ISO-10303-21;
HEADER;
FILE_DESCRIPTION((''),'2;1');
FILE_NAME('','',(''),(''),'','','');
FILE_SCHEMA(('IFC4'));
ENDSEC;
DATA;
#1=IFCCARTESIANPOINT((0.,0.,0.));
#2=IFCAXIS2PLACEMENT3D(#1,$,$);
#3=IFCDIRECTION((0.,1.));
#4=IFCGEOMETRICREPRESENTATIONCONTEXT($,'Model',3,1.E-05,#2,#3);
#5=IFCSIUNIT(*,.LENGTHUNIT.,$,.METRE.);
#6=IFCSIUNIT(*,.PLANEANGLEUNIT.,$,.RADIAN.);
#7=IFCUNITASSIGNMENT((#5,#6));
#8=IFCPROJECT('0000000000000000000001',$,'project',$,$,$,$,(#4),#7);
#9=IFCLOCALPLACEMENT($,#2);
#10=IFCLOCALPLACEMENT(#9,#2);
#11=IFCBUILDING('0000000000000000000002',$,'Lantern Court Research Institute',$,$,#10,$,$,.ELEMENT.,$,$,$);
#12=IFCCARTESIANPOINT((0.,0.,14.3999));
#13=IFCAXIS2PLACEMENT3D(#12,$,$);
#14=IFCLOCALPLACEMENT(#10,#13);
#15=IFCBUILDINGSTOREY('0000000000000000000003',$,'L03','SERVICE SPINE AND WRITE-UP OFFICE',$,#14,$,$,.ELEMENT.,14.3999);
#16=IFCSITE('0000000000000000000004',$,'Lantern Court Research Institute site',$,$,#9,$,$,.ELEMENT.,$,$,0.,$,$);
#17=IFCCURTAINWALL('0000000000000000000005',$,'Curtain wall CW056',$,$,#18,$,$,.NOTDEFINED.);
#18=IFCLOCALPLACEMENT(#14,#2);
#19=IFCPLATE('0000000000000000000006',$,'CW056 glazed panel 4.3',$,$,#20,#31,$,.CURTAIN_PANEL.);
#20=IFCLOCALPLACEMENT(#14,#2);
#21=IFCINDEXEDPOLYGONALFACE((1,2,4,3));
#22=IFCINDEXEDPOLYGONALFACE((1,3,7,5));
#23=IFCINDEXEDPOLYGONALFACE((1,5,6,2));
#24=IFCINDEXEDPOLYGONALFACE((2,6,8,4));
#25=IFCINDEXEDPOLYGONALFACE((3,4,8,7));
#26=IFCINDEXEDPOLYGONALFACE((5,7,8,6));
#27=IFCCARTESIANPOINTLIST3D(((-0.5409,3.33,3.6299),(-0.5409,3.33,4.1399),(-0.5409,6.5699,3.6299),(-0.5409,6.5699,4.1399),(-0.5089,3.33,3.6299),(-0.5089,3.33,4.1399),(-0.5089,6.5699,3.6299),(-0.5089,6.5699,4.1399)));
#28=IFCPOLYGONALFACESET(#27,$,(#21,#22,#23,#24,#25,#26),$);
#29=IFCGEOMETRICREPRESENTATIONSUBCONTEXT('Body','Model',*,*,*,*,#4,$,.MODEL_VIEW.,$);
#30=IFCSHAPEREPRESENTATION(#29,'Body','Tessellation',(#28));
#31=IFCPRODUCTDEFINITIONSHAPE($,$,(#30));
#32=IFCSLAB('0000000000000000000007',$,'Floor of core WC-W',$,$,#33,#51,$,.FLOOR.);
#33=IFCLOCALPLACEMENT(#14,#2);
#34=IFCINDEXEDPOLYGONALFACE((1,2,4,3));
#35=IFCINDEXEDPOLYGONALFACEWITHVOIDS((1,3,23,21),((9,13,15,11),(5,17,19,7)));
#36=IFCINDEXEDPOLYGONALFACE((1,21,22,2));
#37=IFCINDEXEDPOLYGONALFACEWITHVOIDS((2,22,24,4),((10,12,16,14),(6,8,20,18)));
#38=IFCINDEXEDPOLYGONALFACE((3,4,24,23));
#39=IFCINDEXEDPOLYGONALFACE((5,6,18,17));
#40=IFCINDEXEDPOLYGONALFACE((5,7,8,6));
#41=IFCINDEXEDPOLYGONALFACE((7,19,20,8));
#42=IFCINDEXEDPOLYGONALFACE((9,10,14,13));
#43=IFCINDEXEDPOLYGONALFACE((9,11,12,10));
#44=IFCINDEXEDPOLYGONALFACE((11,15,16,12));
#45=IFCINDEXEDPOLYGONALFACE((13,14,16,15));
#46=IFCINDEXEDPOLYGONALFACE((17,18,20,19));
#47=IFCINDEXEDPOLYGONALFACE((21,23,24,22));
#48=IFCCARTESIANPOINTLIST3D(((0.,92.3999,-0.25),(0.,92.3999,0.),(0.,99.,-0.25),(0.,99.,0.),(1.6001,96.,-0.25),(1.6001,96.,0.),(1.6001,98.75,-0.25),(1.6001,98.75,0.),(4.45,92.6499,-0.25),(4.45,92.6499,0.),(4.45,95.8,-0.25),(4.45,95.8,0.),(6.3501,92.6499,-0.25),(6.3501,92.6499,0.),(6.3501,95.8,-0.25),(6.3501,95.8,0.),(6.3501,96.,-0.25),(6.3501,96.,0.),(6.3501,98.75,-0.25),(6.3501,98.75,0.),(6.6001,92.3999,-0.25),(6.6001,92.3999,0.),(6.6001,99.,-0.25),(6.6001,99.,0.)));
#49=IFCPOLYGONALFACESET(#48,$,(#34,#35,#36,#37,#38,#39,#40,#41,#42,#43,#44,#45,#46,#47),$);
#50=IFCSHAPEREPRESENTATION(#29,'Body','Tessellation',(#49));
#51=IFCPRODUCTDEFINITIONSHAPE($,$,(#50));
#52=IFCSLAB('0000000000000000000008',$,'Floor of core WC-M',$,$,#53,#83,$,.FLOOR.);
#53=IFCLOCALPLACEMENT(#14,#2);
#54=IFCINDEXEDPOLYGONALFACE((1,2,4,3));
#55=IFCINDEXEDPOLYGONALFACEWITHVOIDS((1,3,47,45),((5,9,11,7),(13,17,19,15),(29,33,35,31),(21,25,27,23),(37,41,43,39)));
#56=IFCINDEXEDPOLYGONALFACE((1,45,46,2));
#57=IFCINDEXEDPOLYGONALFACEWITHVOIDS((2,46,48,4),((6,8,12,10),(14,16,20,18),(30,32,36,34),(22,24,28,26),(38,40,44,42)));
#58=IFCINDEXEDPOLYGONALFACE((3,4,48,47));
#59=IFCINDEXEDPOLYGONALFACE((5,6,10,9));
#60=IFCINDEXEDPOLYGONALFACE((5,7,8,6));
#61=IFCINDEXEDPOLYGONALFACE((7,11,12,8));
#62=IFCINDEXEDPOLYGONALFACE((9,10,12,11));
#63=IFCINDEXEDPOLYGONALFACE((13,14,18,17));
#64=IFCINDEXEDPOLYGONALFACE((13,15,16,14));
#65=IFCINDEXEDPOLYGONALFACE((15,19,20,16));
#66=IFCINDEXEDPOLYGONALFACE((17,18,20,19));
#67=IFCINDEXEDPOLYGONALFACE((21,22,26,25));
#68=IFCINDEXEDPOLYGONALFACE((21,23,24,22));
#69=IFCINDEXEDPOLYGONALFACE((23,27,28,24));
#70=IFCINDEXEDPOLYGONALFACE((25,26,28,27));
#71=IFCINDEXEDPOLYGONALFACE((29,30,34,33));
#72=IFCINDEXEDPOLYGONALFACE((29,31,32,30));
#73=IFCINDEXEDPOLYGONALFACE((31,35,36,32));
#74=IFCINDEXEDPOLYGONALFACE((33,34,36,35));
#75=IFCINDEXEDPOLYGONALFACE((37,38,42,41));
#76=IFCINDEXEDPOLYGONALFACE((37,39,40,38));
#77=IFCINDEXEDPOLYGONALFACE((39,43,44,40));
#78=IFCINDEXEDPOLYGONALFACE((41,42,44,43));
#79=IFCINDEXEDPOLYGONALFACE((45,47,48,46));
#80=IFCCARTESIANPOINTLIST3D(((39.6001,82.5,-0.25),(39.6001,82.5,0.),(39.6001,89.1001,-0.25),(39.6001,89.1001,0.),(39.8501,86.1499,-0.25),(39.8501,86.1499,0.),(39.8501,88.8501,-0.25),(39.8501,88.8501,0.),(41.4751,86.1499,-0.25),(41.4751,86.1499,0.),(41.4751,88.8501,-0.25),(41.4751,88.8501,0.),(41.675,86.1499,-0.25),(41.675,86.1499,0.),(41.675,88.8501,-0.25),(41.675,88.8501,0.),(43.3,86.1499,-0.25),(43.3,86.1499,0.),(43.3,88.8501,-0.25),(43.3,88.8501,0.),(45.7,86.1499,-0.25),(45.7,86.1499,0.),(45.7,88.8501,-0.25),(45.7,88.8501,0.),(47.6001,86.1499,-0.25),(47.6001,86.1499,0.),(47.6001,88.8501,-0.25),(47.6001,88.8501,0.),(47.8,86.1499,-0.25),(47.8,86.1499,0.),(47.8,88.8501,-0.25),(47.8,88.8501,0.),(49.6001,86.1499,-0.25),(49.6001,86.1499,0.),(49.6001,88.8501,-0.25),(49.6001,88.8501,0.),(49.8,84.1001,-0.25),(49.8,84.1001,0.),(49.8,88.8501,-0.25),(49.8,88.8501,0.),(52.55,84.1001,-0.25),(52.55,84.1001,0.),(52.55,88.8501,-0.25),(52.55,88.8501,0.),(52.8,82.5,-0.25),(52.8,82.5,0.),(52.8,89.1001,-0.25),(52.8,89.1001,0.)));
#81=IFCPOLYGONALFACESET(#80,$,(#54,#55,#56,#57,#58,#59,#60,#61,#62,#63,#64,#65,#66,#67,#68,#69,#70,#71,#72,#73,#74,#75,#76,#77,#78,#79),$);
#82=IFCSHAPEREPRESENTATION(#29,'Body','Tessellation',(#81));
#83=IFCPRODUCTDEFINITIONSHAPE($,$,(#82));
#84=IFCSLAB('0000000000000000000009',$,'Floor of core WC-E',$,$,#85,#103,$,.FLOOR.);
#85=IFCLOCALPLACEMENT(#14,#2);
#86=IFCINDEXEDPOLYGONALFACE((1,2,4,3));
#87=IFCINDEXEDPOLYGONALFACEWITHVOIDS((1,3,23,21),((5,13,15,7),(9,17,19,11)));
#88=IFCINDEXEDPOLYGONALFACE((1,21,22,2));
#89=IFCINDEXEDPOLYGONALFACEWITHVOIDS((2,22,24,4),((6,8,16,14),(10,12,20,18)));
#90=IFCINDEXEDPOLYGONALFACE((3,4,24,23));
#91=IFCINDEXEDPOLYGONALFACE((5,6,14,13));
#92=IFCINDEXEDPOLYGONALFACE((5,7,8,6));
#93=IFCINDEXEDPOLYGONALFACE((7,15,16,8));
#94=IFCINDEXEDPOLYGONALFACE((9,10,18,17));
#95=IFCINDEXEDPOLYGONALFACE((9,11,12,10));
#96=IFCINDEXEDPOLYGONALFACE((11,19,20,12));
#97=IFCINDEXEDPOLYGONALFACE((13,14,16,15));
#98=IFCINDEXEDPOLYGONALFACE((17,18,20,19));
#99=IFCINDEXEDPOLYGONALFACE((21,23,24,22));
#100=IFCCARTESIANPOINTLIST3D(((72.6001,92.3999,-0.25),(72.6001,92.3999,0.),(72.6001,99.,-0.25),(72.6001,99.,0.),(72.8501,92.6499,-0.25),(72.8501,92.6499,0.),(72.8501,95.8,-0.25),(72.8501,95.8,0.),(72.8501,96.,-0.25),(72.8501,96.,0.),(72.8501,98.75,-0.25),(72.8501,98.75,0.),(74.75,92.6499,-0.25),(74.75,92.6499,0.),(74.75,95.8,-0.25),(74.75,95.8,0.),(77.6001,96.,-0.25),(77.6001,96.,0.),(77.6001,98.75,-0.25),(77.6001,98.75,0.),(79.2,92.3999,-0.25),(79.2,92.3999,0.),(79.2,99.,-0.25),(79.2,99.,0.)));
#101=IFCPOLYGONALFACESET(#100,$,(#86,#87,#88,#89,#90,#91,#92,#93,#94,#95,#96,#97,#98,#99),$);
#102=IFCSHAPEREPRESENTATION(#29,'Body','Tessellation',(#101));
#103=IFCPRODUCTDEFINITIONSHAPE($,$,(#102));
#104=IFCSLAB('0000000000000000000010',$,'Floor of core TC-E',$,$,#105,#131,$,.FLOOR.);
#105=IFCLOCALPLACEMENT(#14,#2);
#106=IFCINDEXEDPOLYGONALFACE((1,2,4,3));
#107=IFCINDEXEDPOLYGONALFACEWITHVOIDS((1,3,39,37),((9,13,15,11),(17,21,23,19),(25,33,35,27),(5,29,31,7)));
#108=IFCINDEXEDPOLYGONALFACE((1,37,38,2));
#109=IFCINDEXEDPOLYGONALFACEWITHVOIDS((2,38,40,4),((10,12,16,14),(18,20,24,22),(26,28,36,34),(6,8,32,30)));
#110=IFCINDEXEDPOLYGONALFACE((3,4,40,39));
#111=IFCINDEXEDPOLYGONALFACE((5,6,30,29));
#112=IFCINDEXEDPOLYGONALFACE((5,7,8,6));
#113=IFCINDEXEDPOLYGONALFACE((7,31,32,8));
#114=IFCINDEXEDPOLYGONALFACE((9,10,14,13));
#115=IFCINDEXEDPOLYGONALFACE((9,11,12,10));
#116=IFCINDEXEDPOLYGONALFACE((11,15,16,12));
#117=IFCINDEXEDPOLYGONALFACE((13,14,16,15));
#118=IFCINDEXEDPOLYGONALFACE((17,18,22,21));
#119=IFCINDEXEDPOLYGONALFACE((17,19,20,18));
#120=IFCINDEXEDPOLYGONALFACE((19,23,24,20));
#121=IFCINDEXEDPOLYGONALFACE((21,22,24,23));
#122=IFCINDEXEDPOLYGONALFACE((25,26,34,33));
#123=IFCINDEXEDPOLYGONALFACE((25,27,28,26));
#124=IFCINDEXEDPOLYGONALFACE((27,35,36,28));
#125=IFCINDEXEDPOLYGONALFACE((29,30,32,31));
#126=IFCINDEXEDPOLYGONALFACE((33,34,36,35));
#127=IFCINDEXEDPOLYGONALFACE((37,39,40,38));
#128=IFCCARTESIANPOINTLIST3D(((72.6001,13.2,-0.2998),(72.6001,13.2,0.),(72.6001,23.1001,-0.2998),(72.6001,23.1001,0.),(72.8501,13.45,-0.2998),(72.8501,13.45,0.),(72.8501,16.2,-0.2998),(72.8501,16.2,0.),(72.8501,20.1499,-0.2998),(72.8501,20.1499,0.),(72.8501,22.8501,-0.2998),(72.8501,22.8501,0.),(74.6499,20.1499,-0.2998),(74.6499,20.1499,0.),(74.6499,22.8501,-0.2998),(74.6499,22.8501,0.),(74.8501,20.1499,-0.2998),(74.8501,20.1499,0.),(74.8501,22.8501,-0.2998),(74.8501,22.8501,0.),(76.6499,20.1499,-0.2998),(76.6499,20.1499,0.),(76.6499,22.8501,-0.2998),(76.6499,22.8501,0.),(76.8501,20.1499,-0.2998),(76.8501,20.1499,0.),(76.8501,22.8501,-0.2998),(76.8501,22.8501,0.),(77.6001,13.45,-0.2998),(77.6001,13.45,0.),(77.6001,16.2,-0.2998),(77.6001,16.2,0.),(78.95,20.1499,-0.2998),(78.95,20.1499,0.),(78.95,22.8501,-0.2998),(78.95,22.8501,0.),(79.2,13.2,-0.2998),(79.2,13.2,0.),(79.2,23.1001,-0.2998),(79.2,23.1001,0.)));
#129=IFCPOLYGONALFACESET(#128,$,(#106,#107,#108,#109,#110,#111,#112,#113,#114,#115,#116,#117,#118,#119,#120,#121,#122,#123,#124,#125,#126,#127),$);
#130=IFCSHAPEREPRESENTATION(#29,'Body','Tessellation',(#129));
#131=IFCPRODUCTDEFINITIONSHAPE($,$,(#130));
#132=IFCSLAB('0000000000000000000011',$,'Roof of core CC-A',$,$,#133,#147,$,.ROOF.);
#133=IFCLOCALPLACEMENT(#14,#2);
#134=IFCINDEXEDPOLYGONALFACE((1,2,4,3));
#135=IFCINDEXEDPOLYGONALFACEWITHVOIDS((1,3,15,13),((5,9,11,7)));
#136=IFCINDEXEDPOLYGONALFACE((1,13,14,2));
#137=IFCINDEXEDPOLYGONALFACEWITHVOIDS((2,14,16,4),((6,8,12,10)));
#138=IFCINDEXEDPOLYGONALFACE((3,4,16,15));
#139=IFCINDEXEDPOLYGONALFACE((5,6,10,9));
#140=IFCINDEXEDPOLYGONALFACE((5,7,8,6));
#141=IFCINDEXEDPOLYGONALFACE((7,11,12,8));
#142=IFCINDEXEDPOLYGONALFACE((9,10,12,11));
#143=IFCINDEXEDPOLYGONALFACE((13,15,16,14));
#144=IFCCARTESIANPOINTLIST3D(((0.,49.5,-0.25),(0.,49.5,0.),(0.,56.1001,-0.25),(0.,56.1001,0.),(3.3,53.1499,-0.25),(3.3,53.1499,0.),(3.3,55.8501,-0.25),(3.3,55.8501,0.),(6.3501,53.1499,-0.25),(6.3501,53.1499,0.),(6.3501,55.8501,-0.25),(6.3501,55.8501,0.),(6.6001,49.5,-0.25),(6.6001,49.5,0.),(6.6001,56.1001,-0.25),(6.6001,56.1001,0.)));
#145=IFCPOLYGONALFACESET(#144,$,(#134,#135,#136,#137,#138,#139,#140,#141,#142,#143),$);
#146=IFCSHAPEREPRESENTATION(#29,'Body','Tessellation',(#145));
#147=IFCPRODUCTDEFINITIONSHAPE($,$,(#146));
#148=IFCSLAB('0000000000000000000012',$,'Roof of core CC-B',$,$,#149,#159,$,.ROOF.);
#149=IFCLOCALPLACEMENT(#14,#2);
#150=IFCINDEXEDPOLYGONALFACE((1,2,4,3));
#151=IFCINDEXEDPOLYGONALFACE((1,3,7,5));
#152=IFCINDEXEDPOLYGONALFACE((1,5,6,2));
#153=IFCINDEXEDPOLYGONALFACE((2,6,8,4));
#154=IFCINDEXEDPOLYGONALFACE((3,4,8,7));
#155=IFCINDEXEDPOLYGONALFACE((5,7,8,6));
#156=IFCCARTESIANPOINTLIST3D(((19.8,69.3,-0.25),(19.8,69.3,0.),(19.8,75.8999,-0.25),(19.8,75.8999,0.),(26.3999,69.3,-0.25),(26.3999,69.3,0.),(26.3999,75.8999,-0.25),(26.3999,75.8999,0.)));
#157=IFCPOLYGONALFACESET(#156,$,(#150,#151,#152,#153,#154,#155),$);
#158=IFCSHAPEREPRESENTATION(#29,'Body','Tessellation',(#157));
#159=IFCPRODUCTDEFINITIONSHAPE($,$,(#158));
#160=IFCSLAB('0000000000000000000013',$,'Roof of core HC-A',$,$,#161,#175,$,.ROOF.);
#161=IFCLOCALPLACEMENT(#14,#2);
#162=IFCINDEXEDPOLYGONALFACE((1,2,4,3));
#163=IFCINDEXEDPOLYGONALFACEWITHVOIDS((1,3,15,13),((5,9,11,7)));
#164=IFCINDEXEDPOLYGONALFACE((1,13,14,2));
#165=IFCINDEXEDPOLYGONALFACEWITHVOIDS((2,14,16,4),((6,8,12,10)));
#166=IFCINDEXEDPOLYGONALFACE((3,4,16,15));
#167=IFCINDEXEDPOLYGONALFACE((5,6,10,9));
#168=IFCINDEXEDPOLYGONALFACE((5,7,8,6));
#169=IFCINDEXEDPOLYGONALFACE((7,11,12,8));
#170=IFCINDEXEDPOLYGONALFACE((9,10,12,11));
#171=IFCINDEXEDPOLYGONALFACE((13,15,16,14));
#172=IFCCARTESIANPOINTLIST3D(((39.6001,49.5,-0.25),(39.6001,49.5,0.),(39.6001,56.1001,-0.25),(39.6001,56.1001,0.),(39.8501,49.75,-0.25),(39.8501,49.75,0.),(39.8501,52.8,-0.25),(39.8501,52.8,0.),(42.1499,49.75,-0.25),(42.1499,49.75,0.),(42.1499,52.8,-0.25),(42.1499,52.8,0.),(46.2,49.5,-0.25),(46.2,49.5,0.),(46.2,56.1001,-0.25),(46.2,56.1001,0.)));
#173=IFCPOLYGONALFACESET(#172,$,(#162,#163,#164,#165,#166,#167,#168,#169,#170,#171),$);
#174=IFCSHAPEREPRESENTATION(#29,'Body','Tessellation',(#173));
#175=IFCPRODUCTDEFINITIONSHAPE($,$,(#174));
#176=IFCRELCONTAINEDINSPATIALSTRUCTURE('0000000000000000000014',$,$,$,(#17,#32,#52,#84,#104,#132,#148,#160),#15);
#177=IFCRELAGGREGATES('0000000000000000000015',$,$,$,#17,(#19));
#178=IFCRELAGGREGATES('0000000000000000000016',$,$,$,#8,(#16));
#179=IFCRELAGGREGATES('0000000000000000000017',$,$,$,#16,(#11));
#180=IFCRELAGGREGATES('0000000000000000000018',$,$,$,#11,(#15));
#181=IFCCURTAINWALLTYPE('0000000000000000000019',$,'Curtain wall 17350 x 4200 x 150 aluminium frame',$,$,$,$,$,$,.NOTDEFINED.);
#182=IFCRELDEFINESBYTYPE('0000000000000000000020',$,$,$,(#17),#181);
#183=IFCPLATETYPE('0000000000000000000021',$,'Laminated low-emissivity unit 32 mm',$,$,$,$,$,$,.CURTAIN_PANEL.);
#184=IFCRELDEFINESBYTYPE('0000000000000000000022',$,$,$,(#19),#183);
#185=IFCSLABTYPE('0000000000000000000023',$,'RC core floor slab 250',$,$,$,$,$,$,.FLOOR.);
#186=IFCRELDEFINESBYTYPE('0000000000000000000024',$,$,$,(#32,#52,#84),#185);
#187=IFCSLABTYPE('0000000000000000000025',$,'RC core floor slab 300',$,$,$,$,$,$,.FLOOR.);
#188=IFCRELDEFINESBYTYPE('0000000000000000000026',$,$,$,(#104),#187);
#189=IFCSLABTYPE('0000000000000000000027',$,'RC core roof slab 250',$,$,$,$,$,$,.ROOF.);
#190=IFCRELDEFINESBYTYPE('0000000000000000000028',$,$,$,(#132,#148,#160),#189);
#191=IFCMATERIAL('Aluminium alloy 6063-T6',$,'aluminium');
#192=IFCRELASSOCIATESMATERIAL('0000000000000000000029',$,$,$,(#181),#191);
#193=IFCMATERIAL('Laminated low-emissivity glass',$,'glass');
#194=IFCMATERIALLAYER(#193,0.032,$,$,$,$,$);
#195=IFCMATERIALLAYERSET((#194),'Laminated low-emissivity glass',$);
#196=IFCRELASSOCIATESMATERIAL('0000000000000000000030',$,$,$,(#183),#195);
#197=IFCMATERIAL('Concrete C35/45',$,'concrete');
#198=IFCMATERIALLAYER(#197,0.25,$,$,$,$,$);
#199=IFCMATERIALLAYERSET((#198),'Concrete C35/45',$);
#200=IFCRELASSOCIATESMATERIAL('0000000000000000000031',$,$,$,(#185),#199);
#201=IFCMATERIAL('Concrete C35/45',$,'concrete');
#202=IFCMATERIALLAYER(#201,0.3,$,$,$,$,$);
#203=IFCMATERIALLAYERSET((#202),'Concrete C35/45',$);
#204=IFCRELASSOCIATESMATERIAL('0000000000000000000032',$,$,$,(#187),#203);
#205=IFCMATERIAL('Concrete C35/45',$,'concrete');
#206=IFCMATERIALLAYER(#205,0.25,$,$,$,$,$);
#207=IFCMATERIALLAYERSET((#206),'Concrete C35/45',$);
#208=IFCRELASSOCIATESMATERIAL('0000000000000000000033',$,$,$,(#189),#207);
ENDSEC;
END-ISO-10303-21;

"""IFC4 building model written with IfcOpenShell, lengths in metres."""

from ifc_helpers import new_model, si_unit, direction, frame, origin, origin_2d, place, context, subcontext, project, spatial, polyline, rectangle, outline, extrude, material, layer, layer_set, type_object, element, aggregate, save


model = new_model("IFC4")

# Units and contexts
model_context = context("Model", 3, precision=1e-05, world=origin(), true_north=direction((0.0, 1.0)))
body_context = subcontext(model_context, "Body", "Model", "MODEL_VIEW")
ifc_project = project(units=[si_unit("LENGTHUNIT", "METRE"), si_unit("PLANEANGLEUNIT", "RADIAN")], contexts=[model_context])

# Site, building, storey
site_placement = place(None, origin())
site = spatial("IfcSite", under=ifc_project, at=site_placement, Name="Lantern Court Research Institute site", CompositionType="ELEMENT", RefElevation=0.0)
building_placement = place(site_placement, origin())
building = spatial("IfcBuilding", under=site, at=building_placement, Name="Lantern Court Research Institute", CompositionType="ELEMENT")
storey_placement = place(building_placement, frame((0.0, 0.0, 14.3999)))
storey = spatial("IfcBuildingStorey", under=building, at=storey_placement, Name="L03", Description="SERVICE SPINE AND WRITE-UP OFFICE", CompositionType="ELEMENT", Elevation=14.3999)

# Curtain wall, plate
ifc_material_1 = material(Name="Aluminium alloy 6063-T6", Category="aluminium")
curtain_wall_type = type_object("IfcCurtainWallType", Name="Curtain wall 17350 x 4200 x 150 aluminium frame", PredefinedType="NOTDEFINED", material=ifc_material_1)
curtain_wall_placement = place(storey_placement, origin())
curtain_wall = element("IfcCurtainWall", 1, at=curtain_wall_placement, inside=storey, type_object=curtain_wall_type, Name="Curtain wall CW056", PredefinedType="NOTDEFINED")
ifc_material_2 = material(Name="Laminated low-emissivity glass", Category="glass")
ifc_layer_1 = layer(ifc_material_2, 0.032)
ifc_layer_set_1 = layer_set([ifc_layer_1], Name="Laminated low-emissivity glass")
plate_type_1 = type_object("IfcPlateType", Name="Laminated low-emissivity unit 32 mm", PredefinedType="CURTAIN_PANEL", material=ifc_layer_set_1)
plate_1_placement = place(storey_placement, frame((-0.5249, 4.95, 3.6299), z_axis=(0.0, 0.0, 1.0), x_axis=(0.0, 1.0, 0.0)))
plate_1 = element("IfcPlate", 2, at=plate_1_placement, type_object=plate_type_1, Name="CW056 glazed panel 4.3", PredefinedType="CURTAIN_PANEL", context=body_context, shape_type="SweptSolid", body=[
    extrude(rectangle(XDim=3.24, YDim=0.032, at=origin_2d()), origin(), (0.0, 0.0, 1.0), 0.51),
])
aggregate(curtain_wall, [plate_1])

# Slabs
ifc_material_3 = material(Name="Concrete C35/45", Category="concrete")
ifc_layer_2 = layer(ifc_material_3, 0.25)
ifc_layer_set_2 = layer_set([ifc_layer_2], Name="Concrete C35/45")
slab_type_1 = type_object("IfcSlabType", Name="RC core floor slab 250", PredefinedType="FLOOR", material=ifc_layer_set_2)
slab_1_placement = place(storey_placement, frame((0.0, 0.0, -0.25)))
element("IfcSlab", 3, at=slab_1_placement, inside=storey, type_object=slab_type_1, Name="Floor of core WC-W", PredefinedType="FLOOR", context=body_context, shape_type="SweptSolid", body=[
    extrude(outline(polyline([(0.0, 92.3999), (6.6001, 92.3999), (6.6001, 99.0), (0.0, 99.0), (0.0, 92.3999)]), holes=[polyline([(1.6001, 96.0), (6.3501, 96.0), (6.3501, 98.75), (1.6001, 98.75), (1.6001, 96.0)]), polyline([(4.45, 92.6499), (4.45, 95.8), (6.3501, 95.8), (6.3501, 92.6499), (4.45, 92.6499)])]), origin(), (0.0, 0.0, 1.0), 0.25),
])
slab_2_placement = place(storey_placement, frame((0.0, 0.0, -0.25)))
element("IfcSlab", 4, at=slab_2_placement, inside=storey, type_object=slab_type_1, Name="Floor of core WC-M", PredefinedType="FLOOR", context=body_context, shape_type="SweptSolid", body=[
    extrude(outline(polyline([(39.6001, 82.5), (52.8, 82.5), (52.8, 89.1001), (39.6001, 89.1001), (39.6001, 82.5)]), holes=[polyline([(52.55, 84.1001), (52.55, 88.8501), (49.8, 88.8501), (49.8, 84.1001), (52.55, 84.1001)]), polyline([(47.8, 86.1499), (49.6001, 86.1499), (49.6001, 88.8501), (47.8, 88.8501), (47.8, 86.1499)]), polyline([(45.7, 86.1499), (47.6001, 86.1499), (47.6001, 88.8501), (45.7, 88.8501), (45.7, 86.1499)]), polyline([(43.3, 88.8501), (43.3, 86.1499), (41.675, 86.1499), (41.675, 88.8501), (43.3, 88.8501)]), polyline([(41.4751, 88.8501), (41.4751, 86.1499), (39.8501, 86.1499), (39.8501, 88.8501), (41.4751, 88.8501)])]), origin(), (0.0, 0.0, 1.0), 0.25),
])
slab_3_placement = place(storey_placement, frame((0.0, 0.0, -0.25)))
element("IfcSlab", 5, at=slab_3_placement, inside=storey, type_object=slab_type_1, Name="Floor of core WC-E", PredefinedType="FLOOR", context=body_context, shape_type="SweptSolid", body=[
    extrude(outline(polyline([(72.6001, 92.3999), (79.2, 92.3999), (79.2, 99.0), (72.6001, 99.0), (72.6001, 92.3999)]), holes=[polyline([(77.6001, 98.75), (72.8501, 98.75), (72.8501, 96.0), (77.6001, 96.0), (77.6001, 98.75)]), polyline([(72.8501, 92.6499), (72.8501, 95.8), (74.75, 95.8), (74.75, 92.6499), (72.8501, 92.6499)])]), origin(), (0.0, 0.0, 1.0), 0.25),
])
ifc_material_4 = material(Name="Concrete C35/45", Category="concrete")
ifc_layer_3 = layer(ifc_material_4, 0.3)
ifc_layer_set_3 = layer_set([ifc_layer_3], Name="Concrete C35/45")
slab_type_2 = type_object("IfcSlabType", Name="RC core floor slab 300", PredefinedType="FLOOR", material=ifc_layer_set_3)
slab_4_placement = place(storey_placement, frame((0.0, 0.0, -0.2998)))
element("IfcSlab", 6, at=slab_4_placement, inside=storey, type_object=slab_type_2, Name="Floor of core TC-E", PredefinedType="FLOOR", context=body_context, shape_type="SweptSolid", body=[
    extrude(outline(polyline([(72.6001, 13.2), (79.2, 13.2), (79.2, 23.1001), (72.6001, 23.1001), (72.6001, 13.2)]), holes=[polyline([(77.6001, 16.2), (72.8501, 16.2), (72.8501, 13.45), (77.6001, 13.45), (77.6001, 16.2)]), polyline([(72.8501, 20.1499), (74.6499, 20.1499), (74.6499, 22.8501), (72.8501, 22.8501), (72.8501, 20.1499)]), polyline([(74.8501, 20.1499), (76.6499, 20.1499), (76.6499, 22.8501), (74.8501, 22.8501), (74.8501, 20.1499)]), polyline([(76.8501, 20.1499), (78.95, 20.1499), (78.95, 22.8501), (76.8501, 22.8501), (76.8501, 20.1499)])]), origin(), (0.0, 0.0, 1.0), 0.2998),
])
ifc_material_5 = material(Name="Concrete C35/45", Category="concrete")
ifc_layer_4 = layer(ifc_material_5, 0.25)
ifc_layer_set_4 = layer_set([ifc_layer_4], Name="Concrete C35/45")
slab_type_3 = type_object("IfcSlabType", Name="RC core roof slab 250", PredefinedType="ROOF", material=ifc_layer_set_4)
slab_5_placement = place(storey_placement, frame((0.0, 0.0, -0.25)))
element("IfcSlab", 7, at=slab_5_placement, inside=storey, type_object=slab_type_3, Name="Roof of core CC-A", PredefinedType="ROOF", context=body_context, shape_type="SweptSolid", body=[
    extrude(outline(polyline([(0.0, 49.5), (6.6001, 49.5), (6.6001, 56.1001), (0.0, 56.1001), (0.0, 49.5)]), holes=[polyline([(3.3, 53.1499), (6.3501, 53.1499), (6.3501, 55.8501), (3.3, 55.8501), (3.3, 53.1499)])]), origin(), (0.0, 0.0, 1.0), 0.25),
])
slab_6_placement = place(storey_placement, frame((0.0, 0.0, -0.25)))
element("IfcSlab", 8, at=slab_6_placement, inside=storey, type_object=slab_type_3, Name="Roof of core CC-B", PredefinedType="ROOF", context=body_context, shape_type="SweptSolid", body=[
    extrude(outline(polyline([(19.8, 69.3), (26.3999, 69.3), (26.3999, 75.8999), (19.8, 75.8999), (19.8, 69.3)])), origin(), (0.0, 0.0, 1.0), 0.25),
])
slab_7_placement = place(storey_placement, frame((0.0, 0.0, -0.25)))
element("IfcSlab", 9, at=slab_7_placement, inside=storey, type_object=slab_type_3, Name="Roof of core HC-A", PredefinedType="ROOF", context=body_context, shape_type="SweptSolid", body=[
    extrude(outline(polyline([(39.6001, 49.5), (46.2, 49.5), (46.2, 56.1001), (39.6001, 56.1001), (39.6001, 49.5)]), holes=[polyline([(39.8501, 49.75), (42.1499, 49.75), (42.1499, 52.8), (39.8501, 52.8), (39.8501, 49.75)])]), origin(), (0.0, 0.0, 1.0), 0.25),
])

save(model, "model.ifc")
